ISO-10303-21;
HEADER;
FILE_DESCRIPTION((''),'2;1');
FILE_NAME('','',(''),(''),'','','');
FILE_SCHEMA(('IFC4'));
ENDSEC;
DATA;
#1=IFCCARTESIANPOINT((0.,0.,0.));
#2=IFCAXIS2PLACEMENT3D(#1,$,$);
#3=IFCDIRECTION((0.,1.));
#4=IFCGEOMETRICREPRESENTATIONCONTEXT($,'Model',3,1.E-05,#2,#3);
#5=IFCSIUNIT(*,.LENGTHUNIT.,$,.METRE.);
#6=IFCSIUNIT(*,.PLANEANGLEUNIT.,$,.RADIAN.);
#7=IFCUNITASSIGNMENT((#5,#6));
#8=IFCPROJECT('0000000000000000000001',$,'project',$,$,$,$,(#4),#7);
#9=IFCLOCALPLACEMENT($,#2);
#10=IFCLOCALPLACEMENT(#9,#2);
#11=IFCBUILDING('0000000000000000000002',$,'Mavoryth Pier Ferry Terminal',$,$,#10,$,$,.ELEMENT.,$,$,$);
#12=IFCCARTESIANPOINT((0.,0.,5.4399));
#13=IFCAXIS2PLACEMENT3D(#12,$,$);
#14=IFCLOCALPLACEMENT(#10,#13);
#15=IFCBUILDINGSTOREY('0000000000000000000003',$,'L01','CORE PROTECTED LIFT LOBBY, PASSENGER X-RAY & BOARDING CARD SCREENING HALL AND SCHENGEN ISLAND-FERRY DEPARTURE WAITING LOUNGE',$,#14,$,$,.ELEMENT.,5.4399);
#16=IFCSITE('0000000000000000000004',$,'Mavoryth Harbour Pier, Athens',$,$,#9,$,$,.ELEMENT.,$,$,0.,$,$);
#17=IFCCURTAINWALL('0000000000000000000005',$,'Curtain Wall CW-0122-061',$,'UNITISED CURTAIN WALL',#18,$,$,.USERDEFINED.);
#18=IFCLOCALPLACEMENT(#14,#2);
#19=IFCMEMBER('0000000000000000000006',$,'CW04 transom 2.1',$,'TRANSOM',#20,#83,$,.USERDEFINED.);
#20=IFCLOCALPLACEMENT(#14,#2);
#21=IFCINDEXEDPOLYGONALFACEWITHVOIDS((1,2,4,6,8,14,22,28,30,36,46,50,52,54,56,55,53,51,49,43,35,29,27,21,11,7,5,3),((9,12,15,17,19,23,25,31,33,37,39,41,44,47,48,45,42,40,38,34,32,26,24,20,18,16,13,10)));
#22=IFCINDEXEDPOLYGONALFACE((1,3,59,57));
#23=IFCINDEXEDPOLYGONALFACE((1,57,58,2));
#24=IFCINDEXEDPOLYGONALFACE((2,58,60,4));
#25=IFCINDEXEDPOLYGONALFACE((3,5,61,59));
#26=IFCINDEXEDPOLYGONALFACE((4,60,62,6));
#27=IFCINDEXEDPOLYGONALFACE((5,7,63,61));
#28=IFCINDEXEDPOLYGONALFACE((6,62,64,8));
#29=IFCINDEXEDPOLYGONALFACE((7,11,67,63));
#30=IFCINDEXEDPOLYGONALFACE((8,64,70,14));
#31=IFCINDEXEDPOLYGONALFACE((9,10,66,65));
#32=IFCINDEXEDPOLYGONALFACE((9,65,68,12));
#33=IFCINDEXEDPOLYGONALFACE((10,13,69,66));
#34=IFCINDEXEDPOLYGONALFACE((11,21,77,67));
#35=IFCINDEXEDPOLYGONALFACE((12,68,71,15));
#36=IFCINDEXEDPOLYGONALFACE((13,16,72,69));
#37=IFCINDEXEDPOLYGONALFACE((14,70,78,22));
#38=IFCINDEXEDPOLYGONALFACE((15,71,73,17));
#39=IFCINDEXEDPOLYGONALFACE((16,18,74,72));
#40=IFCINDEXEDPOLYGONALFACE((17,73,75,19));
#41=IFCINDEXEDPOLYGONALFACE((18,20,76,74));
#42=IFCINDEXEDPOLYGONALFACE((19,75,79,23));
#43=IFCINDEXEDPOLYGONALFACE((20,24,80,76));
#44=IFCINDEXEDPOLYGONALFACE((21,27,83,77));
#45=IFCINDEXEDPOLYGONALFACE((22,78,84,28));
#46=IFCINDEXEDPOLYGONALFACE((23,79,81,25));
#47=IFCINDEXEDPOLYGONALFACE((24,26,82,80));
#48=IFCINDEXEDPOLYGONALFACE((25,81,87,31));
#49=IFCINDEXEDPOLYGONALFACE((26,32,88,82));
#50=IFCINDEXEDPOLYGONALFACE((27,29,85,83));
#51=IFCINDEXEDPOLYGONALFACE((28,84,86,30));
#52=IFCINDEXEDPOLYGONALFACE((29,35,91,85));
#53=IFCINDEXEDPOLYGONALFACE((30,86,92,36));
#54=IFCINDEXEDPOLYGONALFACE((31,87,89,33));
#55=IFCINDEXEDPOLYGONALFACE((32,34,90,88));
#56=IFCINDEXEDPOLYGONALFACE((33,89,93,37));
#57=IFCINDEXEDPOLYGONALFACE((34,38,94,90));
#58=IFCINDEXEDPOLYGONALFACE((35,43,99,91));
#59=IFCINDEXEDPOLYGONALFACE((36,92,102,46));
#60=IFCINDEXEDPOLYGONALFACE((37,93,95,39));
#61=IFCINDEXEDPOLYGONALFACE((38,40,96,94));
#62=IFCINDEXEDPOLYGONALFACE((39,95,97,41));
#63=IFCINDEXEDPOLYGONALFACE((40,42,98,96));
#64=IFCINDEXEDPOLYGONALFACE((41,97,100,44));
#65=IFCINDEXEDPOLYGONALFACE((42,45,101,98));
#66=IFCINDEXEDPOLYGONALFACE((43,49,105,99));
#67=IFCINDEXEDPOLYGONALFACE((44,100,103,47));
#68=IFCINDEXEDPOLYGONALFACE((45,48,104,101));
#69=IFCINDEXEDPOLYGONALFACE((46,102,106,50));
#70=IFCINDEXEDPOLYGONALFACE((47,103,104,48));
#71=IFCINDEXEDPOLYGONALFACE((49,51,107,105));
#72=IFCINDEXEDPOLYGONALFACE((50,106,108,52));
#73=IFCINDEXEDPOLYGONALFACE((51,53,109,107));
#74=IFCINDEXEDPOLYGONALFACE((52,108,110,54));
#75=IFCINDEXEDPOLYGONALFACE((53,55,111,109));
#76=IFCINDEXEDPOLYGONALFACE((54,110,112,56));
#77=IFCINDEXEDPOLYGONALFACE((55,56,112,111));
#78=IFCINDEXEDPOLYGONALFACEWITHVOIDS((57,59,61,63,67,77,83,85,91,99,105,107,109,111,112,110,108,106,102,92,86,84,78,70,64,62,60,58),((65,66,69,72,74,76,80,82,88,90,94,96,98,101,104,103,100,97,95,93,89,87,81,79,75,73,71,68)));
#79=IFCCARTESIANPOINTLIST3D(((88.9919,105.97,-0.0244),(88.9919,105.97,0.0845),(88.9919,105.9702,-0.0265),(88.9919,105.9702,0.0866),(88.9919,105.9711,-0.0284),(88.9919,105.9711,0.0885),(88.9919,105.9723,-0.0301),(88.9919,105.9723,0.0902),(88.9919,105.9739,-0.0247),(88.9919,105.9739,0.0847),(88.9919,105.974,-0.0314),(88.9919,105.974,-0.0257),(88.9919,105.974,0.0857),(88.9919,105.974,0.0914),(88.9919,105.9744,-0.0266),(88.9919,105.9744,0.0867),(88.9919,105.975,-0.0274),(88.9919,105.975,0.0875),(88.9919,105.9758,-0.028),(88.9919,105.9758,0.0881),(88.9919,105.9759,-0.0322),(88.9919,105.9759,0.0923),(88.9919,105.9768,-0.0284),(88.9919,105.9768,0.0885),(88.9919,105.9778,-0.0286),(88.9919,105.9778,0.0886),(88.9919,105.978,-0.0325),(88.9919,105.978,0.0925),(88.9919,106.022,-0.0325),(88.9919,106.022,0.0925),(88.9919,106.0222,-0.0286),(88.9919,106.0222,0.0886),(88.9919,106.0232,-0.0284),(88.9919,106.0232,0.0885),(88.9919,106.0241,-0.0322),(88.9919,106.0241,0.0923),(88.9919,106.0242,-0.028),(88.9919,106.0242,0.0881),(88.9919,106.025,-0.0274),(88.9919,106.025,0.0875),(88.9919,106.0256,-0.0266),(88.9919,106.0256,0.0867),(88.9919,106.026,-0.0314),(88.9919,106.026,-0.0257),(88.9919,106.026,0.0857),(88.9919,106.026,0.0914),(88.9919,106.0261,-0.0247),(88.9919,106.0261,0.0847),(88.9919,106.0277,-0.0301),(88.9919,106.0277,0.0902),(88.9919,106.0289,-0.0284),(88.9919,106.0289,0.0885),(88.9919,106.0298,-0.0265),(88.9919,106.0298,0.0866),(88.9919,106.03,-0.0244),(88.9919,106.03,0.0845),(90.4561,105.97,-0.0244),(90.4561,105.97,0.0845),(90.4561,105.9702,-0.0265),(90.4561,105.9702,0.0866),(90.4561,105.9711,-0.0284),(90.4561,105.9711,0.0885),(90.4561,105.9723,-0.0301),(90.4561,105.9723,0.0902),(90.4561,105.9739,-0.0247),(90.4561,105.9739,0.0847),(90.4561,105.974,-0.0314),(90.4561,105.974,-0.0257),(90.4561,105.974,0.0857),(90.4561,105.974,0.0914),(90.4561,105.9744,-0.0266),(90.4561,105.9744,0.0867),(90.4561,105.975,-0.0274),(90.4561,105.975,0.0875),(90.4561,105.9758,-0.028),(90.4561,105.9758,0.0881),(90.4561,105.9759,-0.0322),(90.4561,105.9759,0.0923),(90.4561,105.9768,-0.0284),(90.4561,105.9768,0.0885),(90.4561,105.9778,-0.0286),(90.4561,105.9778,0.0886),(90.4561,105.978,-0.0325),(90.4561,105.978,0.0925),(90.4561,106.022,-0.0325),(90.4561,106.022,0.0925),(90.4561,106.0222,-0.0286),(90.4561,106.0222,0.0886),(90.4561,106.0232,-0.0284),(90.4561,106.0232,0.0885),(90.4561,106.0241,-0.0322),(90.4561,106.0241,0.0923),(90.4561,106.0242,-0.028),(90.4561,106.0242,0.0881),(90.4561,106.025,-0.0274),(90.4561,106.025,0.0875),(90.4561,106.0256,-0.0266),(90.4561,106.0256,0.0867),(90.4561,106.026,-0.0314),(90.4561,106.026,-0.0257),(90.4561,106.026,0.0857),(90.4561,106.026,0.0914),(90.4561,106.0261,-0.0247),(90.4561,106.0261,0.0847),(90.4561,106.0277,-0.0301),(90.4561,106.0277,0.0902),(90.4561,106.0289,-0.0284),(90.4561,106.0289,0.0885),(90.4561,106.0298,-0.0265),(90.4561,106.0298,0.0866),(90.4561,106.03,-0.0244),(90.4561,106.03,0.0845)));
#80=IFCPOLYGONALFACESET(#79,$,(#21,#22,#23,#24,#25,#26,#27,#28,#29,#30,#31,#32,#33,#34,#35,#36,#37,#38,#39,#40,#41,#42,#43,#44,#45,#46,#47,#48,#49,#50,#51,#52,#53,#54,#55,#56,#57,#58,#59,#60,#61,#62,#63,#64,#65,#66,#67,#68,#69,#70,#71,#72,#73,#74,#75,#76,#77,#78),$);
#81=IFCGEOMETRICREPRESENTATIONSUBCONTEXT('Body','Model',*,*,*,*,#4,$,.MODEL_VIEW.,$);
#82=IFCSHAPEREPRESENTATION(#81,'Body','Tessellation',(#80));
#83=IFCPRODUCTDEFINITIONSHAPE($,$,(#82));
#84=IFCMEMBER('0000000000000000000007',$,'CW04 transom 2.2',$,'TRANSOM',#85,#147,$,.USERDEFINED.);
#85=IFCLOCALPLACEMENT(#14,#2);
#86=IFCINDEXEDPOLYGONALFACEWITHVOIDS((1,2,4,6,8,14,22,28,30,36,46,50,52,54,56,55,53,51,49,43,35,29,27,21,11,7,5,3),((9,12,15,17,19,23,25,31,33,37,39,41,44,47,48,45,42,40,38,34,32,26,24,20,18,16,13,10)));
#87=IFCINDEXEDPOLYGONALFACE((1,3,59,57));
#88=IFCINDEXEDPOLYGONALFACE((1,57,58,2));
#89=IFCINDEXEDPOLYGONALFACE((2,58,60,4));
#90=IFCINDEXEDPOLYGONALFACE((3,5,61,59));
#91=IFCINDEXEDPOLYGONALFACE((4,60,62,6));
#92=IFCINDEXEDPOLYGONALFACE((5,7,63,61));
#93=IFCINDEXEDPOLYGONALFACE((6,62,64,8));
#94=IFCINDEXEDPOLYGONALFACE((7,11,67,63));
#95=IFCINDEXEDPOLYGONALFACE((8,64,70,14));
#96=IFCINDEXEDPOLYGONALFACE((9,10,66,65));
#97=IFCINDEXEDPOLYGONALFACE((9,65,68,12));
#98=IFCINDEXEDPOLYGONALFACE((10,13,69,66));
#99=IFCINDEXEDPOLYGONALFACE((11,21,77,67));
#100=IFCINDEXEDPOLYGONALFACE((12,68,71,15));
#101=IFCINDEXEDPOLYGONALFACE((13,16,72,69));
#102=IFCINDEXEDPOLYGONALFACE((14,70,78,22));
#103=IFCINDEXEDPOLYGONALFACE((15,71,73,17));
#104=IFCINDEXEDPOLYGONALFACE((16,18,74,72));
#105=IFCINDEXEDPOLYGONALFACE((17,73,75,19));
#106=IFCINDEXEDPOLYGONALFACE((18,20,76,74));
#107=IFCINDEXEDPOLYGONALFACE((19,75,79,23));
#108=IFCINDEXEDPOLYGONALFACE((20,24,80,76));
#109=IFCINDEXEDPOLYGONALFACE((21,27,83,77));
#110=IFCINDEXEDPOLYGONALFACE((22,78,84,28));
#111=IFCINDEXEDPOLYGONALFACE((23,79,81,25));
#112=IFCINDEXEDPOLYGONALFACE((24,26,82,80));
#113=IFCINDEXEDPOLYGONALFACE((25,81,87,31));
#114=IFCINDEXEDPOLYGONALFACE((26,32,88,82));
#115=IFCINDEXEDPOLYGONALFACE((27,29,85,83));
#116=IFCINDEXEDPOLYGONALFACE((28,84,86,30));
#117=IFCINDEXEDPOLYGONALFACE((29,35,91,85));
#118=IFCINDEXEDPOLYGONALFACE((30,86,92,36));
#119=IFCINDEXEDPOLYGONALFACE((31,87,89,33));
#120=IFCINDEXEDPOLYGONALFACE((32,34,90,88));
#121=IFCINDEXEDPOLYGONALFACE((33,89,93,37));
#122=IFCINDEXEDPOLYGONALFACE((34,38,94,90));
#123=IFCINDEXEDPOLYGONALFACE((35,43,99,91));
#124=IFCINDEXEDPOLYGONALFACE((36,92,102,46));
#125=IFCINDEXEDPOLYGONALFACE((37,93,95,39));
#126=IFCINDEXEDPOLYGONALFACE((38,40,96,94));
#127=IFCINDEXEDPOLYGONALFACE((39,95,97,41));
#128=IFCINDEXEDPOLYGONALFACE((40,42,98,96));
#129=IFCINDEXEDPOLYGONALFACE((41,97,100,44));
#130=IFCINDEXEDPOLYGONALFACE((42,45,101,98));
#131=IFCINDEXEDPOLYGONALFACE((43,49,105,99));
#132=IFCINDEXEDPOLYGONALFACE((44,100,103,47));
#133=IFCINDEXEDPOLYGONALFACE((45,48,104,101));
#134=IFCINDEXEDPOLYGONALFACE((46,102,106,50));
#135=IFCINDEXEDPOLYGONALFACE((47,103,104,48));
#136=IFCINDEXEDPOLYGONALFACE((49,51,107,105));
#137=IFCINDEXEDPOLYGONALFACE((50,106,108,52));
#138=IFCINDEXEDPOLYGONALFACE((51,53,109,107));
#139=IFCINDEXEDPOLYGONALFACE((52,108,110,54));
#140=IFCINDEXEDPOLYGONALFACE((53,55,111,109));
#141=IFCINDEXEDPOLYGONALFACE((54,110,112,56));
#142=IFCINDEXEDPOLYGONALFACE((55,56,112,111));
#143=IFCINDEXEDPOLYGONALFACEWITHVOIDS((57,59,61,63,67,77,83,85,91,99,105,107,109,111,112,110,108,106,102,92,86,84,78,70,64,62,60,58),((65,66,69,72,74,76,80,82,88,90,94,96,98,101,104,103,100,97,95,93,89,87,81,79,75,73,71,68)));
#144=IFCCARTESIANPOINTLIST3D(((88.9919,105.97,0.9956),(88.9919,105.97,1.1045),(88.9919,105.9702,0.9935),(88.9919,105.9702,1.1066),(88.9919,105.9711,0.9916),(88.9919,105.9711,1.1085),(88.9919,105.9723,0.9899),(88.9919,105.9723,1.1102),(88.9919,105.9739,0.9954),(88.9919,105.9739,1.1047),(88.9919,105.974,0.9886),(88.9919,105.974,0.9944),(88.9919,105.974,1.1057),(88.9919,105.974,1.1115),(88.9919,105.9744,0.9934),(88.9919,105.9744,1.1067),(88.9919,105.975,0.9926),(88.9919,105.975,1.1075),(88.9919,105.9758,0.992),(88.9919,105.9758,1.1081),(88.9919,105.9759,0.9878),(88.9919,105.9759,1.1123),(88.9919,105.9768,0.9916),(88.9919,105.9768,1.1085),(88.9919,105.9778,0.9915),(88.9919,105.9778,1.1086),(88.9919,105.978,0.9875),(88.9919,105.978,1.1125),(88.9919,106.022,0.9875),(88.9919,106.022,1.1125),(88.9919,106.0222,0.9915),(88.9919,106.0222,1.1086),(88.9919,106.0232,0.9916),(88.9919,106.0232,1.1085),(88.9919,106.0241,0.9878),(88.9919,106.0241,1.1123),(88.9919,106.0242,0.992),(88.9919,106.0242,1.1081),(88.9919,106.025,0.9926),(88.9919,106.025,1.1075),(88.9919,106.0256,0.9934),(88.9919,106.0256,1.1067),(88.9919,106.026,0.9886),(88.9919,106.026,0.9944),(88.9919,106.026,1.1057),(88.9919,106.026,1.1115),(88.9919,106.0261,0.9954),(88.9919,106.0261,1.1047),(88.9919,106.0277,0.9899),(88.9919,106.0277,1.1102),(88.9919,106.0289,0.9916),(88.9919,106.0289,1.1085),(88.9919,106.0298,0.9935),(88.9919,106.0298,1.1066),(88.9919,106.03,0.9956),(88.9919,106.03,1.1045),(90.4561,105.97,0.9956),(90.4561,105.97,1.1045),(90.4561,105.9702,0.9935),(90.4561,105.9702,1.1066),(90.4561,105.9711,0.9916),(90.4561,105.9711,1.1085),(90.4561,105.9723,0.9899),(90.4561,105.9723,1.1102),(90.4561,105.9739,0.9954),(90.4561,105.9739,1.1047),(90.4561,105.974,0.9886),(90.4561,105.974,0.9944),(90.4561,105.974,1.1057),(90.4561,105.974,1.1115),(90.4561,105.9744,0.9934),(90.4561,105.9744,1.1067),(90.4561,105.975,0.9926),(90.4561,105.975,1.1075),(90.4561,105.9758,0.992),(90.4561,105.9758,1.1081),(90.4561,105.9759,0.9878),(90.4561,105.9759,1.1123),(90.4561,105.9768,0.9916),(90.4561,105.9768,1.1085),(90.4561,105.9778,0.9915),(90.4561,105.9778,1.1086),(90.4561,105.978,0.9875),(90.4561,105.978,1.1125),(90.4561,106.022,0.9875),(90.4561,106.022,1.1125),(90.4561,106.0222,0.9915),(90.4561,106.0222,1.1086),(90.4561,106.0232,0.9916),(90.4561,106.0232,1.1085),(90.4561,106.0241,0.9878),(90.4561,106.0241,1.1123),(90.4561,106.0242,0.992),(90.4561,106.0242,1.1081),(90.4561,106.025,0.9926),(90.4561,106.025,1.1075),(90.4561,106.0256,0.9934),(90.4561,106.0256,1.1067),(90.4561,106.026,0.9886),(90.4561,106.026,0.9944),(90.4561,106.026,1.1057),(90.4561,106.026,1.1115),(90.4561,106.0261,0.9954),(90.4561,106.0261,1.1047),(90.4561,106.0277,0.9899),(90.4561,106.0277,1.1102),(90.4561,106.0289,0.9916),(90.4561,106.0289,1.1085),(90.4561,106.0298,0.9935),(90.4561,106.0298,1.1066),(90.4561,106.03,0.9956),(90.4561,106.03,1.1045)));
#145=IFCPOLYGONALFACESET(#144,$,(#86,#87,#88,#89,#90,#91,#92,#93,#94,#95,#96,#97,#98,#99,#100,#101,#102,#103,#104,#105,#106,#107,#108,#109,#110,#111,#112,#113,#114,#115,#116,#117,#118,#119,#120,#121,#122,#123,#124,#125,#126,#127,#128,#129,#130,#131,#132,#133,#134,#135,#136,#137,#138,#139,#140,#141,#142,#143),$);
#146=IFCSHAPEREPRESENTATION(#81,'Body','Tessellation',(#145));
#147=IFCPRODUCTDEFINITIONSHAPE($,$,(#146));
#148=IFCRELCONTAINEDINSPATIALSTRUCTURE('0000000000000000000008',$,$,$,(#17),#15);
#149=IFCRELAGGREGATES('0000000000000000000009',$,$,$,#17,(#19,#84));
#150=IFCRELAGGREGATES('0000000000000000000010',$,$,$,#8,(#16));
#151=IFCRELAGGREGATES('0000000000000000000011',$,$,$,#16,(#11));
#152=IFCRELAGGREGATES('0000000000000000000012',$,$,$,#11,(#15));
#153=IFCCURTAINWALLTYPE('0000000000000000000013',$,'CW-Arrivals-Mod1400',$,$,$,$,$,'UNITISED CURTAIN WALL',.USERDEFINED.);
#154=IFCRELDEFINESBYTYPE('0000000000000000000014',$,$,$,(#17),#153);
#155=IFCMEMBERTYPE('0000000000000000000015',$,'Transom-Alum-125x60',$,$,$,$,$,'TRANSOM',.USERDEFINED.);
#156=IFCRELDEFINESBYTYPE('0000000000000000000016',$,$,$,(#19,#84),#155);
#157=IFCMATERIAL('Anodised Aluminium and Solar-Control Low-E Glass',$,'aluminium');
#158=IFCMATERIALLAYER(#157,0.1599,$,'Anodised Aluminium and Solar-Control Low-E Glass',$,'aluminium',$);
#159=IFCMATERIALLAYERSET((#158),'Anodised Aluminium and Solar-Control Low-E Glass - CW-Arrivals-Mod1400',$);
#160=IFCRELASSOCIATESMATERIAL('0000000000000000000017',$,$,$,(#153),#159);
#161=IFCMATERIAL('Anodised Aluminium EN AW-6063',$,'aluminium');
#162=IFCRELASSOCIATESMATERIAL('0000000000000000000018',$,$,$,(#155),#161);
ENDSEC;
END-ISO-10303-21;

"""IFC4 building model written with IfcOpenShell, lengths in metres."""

from ifc_helpers import new_model, si_unit, direction, frame, origin, origin_2d, place, context, subcontext, project, spatial, hollow_rectangle, extrude, material, layer, layer_set, material_profile, profile_set, type_object, element, aggregate, save


model = new_model("IFC4")

# Units and contexts
model_context = context("Model", 3, precision=1e-05, world=origin(), true_north=direction((0.0, 1.0)))
body_context = subcontext(model_context, "Body", "Model", "MODEL_VIEW")
ifc_project = project(units=[si_unit("LENGTHUNIT", "METRE"), si_unit("PLANEANGLEUNIT", "RADIAN")], contexts=[model_context])

# Site, building, storey
site_placement = place(None, origin())
site = spatial("IfcSite", under=ifc_project, at=site_placement, Name="Mavoryth Harbour Pier, Athens", CompositionType="ELEMENT", RefElevation=0.0)
building_placement = place(site_placement, origin())
building = spatial("IfcBuilding", under=site, at=building_placement, Name="Mavoryth Pier Ferry Terminal", CompositionType="ELEMENT")
storey_placement = place(building_placement, frame((0.0, 0.0, 5.4399)))
storey = spatial("IfcBuildingStorey", under=building, at=storey_placement, Name="L01", Description="CORE PROTECTED LIFT LOBBY, PASSENGER X-RAY & BOARDING CARD SCREENING HALL AND SCHENGEN ISLAND-FERRY DEPARTURE WAITING LOUNGE", CompositionType="ELEMENT", Elevation=5.4399)

# Curtain wall, members
ifc_material_1 = material(Name="Anodised Aluminium and Solar-Control Low-E Glass", Category="aluminium")
ifc_layer_1 = layer(ifc_material_1, 0.1599, Name="Anodised Aluminium and Solar-Control Low-E Glass", Category="aluminium")
ifc_layer_set_1 = layer_set([ifc_layer_1], Name="Anodised Aluminium and Solar-Control Low-E Glass - CW-Arrivals-Mod1400")
curtain_wall_type = type_object("IfcCurtainWallType", Name="CW-Arrivals-Mod1400", ElementType="UNITISED CURTAIN WALL", PredefinedType="USERDEFINED", material=ifc_layer_set_1)
curtain_wall_placement = place(storey_placement, origin())
curtain_wall = element("IfcCurtainWall", 1, at=curtain_wall_placement, inside=storey, type_object=curtain_wall_type, Name="Curtain Wall CW-0122-061", ObjectType="UNITISED CURTAIN WALL", PredefinedType="USERDEFINED")
ifc_material_2 = material(Name="Anodised Aluminium EN AW-6063", Category="aluminium")
ifc_material_profile_1 = material_profile(ifc_material_2, hollow_rectangle(XDim=0.0601, YDim=0.125, WallThickness=0.0039, InnerFilletRadius=0.0039, OuterFilletRadius=0.0081, at=origin_2d()), Name="AL-TRAN 125x60x4", Category="aluminium")
ifc_profile_set_1 = profile_set([ifc_material_profile_1], Name="Anodised Aluminium EN AW-6063 - AL-TRAN 125x60x4")
member_type_1 = type_object("IfcMemberType", Name="Transom-Alum-125x60", ElementType="TRANSOM", PredefinedType="USERDEFINED", material=ifc_profile_set_1)
member_1_placement = place(storey_placement, frame((90.4561, 106.0, 0.03), z_axis=(-1.0, 0.0, 0.0), x_axis=(0.0, -1.0, 0.0)))
member_1 = element("IfcMember", 2, at=member_1_placement, type_object=member_type_1, Name="CW04 transom 2.1", ObjectType="TRANSOM", PredefinedType="USERDEFINED", context=body_context, shape_type="SweptSolid", body=[
    extrude(hollow_rectangle(XDim=0.0601, YDim=0.125, WallThickness=0.0039, InnerFilletRadius=0.0039, OuterFilletRadius=0.0081, at=origin_2d()), origin(), (0.0, 0.0, 1.0), 1.4641),
])
member_2_placement = place(storey_placement, frame((90.4561, 106.0, 1.05), z_axis=(-1.0, 0.0, 0.0), x_axis=(0.0, -1.0, 0.0)))
member_2 = element("IfcMember", 3, at=member_2_placement, type_object=member_type_1, Name="CW04 transom 2.2", ObjectType="TRANSOM", PredefinedType="USERDEFINED", context=body_context, shape_type="SweptSolid", body=[
    extrude(hollow_rectangle(XDim=0.0601, YDim=0.125, WallThickness=0.0039, InnerFilletRadius=0.0039, OuterFilletRadius=0.0081, at=origin_2d()), origin(), (0.0, 0.0, 1.0), 1.4641),
])
aggregate(curtain_wall, [member_1, member_2])

save(model, "model.ifc")
